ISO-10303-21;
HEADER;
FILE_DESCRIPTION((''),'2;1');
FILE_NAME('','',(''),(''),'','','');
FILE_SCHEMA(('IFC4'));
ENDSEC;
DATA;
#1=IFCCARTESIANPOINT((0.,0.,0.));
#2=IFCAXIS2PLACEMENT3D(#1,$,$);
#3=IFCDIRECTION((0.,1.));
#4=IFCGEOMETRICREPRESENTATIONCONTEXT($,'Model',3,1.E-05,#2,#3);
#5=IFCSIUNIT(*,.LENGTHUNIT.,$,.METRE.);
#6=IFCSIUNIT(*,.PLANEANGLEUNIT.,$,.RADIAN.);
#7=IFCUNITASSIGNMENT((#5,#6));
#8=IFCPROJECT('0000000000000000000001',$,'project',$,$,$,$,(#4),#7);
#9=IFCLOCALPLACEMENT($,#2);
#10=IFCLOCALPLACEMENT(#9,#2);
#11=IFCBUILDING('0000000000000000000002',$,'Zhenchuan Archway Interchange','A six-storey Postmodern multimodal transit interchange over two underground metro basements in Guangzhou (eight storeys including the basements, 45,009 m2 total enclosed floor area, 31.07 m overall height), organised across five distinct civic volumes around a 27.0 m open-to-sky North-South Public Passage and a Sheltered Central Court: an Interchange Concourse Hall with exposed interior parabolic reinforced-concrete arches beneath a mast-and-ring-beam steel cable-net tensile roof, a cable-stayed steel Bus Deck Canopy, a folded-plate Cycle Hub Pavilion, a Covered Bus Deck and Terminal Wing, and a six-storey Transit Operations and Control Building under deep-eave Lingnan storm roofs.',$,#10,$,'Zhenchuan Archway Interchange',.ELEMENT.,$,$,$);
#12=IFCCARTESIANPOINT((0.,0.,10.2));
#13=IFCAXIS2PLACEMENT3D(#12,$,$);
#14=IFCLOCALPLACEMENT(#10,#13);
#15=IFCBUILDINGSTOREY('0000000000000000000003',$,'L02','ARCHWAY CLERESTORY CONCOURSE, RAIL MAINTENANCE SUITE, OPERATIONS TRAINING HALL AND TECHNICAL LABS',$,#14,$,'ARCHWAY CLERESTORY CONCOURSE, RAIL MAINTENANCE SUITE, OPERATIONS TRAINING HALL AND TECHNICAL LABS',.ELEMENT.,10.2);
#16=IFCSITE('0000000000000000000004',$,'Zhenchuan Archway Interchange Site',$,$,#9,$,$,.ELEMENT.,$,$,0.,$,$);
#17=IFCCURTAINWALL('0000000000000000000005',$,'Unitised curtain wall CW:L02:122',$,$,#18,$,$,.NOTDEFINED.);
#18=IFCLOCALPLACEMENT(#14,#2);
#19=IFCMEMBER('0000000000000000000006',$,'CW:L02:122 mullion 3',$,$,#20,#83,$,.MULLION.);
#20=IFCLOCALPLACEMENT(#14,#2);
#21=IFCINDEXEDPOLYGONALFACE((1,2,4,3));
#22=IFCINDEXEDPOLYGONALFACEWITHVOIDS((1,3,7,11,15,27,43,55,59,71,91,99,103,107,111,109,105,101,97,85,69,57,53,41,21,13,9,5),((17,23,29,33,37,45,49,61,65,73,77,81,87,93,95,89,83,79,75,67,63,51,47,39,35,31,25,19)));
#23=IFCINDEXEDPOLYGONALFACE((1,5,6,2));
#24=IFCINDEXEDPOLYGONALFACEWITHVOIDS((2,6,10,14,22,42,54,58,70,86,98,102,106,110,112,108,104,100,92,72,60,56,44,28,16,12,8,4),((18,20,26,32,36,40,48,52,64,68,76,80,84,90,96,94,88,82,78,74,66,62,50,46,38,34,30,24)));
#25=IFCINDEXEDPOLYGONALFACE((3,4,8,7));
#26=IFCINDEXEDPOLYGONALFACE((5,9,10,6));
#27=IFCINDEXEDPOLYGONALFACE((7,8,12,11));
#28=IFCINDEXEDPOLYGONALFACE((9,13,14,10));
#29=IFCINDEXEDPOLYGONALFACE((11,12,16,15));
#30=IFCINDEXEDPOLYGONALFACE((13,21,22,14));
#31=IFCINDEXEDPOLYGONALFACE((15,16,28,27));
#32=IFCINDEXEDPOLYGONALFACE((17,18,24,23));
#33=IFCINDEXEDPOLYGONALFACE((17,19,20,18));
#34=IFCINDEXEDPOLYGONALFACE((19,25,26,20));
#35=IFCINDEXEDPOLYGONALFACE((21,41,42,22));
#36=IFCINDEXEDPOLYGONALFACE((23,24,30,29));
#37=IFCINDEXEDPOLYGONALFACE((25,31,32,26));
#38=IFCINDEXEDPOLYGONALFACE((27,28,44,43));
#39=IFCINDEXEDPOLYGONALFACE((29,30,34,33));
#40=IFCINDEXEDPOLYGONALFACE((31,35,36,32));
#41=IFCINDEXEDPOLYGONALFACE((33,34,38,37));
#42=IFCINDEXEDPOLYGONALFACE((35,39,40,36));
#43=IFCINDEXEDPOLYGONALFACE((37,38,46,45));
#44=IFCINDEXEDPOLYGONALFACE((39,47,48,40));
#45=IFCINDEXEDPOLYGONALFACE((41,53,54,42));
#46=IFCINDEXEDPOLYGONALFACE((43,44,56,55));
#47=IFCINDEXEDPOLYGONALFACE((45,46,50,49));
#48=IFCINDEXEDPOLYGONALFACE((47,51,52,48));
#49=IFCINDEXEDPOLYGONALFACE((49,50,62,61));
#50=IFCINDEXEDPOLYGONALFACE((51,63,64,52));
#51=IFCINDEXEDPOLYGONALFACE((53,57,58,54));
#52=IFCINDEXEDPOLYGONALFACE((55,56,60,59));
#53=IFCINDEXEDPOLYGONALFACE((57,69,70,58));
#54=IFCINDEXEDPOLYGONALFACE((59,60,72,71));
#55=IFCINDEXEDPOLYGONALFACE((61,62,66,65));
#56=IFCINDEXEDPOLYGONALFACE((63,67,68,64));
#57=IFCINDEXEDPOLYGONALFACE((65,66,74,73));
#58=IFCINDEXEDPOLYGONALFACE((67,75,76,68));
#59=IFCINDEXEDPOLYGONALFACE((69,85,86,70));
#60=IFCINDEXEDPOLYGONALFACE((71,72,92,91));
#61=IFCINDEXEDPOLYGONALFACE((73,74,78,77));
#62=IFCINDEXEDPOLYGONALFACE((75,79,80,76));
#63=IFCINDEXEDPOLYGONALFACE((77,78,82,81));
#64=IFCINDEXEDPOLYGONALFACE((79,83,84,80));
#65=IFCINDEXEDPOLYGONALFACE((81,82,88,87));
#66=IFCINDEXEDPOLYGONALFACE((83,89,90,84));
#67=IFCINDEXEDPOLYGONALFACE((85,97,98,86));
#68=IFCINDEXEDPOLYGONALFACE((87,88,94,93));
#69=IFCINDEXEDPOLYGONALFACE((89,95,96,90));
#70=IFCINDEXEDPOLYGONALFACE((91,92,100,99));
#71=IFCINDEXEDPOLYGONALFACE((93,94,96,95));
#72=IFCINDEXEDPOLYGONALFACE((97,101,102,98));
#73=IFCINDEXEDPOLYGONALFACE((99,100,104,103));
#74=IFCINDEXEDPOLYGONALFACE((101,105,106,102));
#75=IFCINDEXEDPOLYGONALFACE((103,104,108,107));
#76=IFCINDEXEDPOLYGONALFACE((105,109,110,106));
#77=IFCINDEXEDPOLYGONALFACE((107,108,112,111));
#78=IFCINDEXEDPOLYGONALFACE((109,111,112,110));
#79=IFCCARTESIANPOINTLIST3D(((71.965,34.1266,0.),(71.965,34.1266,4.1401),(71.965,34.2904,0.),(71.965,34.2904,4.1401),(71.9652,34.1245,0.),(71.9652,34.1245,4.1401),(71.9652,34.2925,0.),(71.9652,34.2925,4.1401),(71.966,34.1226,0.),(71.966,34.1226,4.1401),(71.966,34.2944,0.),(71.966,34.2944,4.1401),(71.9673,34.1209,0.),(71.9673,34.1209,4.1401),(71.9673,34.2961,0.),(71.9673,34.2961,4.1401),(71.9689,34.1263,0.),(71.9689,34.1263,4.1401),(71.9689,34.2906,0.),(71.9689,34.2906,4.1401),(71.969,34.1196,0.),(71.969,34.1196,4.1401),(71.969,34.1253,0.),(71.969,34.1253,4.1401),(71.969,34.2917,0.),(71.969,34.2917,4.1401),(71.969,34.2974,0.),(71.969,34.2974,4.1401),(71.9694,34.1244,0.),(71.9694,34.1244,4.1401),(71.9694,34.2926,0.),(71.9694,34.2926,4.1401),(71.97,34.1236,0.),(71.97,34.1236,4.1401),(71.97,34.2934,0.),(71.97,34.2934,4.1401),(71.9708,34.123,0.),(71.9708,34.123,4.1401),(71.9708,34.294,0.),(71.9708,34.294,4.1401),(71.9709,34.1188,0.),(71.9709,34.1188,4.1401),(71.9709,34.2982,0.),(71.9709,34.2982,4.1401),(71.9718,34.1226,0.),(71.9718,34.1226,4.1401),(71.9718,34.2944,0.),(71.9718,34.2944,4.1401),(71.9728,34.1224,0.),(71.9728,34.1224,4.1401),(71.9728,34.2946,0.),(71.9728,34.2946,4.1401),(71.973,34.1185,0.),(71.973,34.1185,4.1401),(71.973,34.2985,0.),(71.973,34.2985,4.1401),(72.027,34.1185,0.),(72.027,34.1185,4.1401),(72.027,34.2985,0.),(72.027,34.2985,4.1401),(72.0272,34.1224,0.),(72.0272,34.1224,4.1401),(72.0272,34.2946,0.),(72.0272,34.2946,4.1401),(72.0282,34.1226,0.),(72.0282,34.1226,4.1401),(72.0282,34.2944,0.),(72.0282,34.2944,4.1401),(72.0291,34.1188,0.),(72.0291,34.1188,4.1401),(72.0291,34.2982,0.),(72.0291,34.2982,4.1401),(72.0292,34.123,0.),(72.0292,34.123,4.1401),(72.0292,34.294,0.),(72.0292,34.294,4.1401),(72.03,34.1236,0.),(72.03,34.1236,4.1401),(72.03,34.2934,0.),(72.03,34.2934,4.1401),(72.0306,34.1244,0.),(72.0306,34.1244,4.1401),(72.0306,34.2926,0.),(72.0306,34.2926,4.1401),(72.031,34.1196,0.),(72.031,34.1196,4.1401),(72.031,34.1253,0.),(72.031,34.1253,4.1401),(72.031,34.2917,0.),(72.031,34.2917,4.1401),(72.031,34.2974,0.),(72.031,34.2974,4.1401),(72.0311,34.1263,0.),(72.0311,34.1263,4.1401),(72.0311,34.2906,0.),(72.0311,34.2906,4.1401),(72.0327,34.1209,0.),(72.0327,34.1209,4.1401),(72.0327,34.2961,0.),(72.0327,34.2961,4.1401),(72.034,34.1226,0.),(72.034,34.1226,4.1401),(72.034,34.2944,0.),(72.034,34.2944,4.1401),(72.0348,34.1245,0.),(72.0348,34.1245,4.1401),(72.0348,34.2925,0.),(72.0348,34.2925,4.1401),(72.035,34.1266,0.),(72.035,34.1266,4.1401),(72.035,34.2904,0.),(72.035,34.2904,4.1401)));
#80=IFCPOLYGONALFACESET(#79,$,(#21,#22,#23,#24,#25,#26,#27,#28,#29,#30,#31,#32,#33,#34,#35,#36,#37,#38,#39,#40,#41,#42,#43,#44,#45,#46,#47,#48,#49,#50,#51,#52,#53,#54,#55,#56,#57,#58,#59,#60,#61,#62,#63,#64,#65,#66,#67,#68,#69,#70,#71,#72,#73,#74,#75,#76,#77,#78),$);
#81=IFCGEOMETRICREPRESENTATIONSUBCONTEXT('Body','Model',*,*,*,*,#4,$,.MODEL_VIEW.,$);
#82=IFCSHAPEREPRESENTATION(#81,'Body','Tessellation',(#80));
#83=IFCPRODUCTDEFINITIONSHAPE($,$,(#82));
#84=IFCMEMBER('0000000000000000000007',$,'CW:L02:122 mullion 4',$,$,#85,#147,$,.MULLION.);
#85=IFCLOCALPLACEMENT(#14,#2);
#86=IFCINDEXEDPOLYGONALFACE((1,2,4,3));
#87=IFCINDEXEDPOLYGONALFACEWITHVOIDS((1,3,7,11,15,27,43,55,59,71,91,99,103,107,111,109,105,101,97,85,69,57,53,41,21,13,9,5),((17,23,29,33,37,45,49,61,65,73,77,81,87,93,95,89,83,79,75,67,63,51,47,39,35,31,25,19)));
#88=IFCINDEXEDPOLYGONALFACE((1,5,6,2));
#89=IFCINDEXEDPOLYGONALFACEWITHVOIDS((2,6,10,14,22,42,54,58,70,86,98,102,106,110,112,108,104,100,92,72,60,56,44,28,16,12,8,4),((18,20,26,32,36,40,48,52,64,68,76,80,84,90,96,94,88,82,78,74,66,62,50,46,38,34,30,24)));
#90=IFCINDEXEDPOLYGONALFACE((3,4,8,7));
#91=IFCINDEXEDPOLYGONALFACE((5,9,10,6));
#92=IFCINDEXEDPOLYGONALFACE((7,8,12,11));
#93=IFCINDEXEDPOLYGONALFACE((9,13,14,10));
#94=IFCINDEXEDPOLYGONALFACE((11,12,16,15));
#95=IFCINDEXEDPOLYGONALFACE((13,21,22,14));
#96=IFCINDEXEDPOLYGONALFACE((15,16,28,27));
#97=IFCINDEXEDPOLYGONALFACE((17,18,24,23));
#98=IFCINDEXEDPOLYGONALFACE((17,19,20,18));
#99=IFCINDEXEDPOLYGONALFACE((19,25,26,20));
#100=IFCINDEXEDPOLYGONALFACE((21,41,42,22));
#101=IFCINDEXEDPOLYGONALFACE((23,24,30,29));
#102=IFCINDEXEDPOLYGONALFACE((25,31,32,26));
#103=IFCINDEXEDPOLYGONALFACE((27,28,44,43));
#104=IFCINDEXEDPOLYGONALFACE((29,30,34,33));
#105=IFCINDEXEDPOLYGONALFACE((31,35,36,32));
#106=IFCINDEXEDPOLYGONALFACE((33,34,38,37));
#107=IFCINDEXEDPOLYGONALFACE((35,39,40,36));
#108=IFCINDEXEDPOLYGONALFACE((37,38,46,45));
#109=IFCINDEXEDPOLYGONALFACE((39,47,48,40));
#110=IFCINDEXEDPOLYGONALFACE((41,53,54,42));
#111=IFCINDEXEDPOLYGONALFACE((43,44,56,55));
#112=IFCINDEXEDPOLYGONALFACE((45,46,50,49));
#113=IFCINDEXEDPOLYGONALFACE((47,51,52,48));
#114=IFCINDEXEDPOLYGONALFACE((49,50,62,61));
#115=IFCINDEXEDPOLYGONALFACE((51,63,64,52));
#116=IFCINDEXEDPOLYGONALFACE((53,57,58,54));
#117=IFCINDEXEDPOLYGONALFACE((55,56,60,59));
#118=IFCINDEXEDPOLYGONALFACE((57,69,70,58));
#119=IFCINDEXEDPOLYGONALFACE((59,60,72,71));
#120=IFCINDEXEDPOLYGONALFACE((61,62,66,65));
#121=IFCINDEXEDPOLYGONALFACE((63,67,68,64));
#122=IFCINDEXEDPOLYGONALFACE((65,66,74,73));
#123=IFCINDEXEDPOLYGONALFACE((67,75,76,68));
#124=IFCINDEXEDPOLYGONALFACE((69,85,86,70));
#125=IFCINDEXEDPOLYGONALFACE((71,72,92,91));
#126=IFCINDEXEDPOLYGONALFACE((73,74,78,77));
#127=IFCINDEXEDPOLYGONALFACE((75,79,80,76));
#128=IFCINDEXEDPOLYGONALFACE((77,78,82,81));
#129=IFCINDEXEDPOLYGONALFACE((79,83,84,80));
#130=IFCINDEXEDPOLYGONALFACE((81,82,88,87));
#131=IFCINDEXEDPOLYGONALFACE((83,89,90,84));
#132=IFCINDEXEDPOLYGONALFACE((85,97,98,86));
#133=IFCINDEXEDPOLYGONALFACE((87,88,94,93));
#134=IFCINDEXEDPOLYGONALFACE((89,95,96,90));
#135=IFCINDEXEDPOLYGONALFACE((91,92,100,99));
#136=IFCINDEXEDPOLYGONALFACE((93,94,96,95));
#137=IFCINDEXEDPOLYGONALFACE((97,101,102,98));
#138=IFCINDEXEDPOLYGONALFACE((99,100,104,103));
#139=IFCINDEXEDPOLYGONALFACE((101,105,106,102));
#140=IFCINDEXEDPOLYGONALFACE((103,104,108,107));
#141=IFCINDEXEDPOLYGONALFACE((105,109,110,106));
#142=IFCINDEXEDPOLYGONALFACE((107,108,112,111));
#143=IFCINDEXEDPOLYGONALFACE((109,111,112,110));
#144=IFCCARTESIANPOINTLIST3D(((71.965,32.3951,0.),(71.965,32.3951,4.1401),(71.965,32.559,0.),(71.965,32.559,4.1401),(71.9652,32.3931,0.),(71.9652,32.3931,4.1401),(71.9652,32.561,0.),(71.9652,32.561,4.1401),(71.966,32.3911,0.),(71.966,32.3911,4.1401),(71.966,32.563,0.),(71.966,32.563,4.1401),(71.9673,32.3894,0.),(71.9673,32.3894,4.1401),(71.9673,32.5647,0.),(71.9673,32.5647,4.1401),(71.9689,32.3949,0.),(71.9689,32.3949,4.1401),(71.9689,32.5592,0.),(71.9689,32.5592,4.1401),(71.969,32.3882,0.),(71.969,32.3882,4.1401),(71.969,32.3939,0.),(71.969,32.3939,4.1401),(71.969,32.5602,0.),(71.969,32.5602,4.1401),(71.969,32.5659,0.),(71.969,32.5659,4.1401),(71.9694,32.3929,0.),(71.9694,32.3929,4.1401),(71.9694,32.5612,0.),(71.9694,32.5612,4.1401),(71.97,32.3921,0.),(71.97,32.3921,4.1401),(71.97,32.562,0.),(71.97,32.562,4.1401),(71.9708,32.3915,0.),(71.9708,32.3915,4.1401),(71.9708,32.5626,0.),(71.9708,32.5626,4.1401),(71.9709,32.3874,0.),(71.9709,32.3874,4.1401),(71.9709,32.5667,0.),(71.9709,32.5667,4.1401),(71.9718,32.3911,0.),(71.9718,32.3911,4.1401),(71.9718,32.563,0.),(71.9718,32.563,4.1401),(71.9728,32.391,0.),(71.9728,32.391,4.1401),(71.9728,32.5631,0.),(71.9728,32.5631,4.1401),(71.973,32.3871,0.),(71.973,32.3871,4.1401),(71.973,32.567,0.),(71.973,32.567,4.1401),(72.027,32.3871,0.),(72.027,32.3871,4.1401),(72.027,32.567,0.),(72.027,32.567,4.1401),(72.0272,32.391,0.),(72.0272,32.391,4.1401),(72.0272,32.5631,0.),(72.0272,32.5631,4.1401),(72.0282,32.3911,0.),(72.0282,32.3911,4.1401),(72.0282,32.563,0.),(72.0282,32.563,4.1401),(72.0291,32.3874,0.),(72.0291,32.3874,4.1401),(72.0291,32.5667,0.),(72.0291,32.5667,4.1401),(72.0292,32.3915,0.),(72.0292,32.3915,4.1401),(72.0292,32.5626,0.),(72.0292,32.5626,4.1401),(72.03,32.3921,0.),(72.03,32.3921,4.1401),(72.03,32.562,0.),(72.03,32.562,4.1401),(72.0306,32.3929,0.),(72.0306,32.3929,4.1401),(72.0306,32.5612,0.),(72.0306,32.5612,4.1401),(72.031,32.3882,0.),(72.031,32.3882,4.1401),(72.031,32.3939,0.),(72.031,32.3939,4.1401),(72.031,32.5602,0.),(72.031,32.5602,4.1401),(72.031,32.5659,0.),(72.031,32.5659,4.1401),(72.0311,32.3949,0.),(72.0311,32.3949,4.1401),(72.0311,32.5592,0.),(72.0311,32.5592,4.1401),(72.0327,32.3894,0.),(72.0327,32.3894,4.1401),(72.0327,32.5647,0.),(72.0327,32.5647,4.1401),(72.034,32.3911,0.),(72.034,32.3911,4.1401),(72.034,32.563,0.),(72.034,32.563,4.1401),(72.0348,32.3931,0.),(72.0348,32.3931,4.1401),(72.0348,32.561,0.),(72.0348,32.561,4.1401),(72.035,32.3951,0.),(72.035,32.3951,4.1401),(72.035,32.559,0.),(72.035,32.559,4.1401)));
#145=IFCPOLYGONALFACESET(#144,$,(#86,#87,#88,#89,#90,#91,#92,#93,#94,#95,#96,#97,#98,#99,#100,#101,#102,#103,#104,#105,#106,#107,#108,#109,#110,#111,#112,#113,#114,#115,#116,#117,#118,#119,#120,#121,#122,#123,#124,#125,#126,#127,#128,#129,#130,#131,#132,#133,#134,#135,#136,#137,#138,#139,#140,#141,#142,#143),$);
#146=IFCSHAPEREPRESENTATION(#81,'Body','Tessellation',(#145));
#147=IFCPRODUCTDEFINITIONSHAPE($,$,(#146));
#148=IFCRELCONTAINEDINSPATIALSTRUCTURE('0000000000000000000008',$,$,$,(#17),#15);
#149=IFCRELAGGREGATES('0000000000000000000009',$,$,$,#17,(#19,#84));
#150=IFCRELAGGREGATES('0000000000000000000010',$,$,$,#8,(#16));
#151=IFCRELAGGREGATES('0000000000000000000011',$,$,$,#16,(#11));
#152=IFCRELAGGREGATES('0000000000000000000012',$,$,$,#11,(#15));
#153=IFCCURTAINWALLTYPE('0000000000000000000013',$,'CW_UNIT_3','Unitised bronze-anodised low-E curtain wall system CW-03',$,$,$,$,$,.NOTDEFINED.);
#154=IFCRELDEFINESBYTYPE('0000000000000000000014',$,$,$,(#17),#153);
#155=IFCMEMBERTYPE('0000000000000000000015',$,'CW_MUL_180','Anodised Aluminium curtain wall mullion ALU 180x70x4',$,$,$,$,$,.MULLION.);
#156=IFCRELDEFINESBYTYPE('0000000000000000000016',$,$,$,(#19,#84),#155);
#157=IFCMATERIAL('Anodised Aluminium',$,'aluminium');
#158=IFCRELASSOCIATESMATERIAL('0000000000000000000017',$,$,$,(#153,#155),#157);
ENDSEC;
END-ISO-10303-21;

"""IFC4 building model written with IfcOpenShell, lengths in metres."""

from ifc_helpers import new_model, si_unit, direction, frame, origin, origin_2d, place, context, subcontext, project, spatial, hollow_rectangle, extrude, material, material_profile, profile_set, type_object, element, aggregate, save


model = new_model("IFC4")

# Units and contexts
model_context = context("Model", 3, precision=1e-05, world=origin(), true_north=direction((0.0, 1.0)))
body_context = subcontext(model_context, "Body", "Model", "MODEL_VIEW")
ifc_project = project(units=[si_unit("LENGTHUNIT", "METRE"), si_unit("PLANEANGLEUNIT", "RADIAN")], contexts=[model_context])

# Site, building, storey
site_placement = place(None, origin())
site = spatial("IfcSite", under=ifc_project, at=site_placement, Name="Zhenchuan Archway Interchange Site", CompositionType="ELEMENT", RefElevation=0.0)
building_placement = place(site_placement, origin())
building = spatial("IfcBuilding", under=site, at=building_placement, Name="Zhenchuan Archway Interchange", Description="A six-storey Postmodern multimodal transit interchange over two underground metro basements in Guangzhou (eight storeys including the basements, 45,009 m2 total enclosed floor area, 31.07 m overall height), organised across five distinct civic volumes around a 27.0 m open-to-sky North-South Public Passage and a Sheltered Central Court: an Interchange Concourse Hall with exposed interior parabolic reinforced-concrete arches beneath a mast-and-ring-beam steel cable-net tensile roof, a cable-stayed steel Bus Deck Canopy, a folded-plate Cycle Hub Pavilion, a Covered Bus Deck and Terminal Wing, and a six-storey Transit Operations and Control Building under deep-eave Lingnan storm roofs.", LongName="Zhenchuan Archway Interchange", CompositionType="ELEMENT")
storey_placement = place(building_placement, frame((0.0, 0.0, 10.2)))
storey = spatial("IfcBuildingStorey", under=building, at=storey_placement, Name="L02", Description="ARCHWAY CLERESTORY CONCOURSE, RAIL MAINTENANCE SUITE, OPERATIONS TRAINING HALL AND TECHNICAL LABS", LongName="ARCHWAY CLERESTORY CONCOURSE, RAIL MAINTENANCE SUITE, OPERATIONS TRAINING HALL AND TECHNICAL LABS", CompositionType="ELEMENT", Elevation=10.2)

# Curtain wall, members
ifc_material_1 = material(Name="Anodised Aluminium", Category="aluminium")
curtain_wall_type = type_object("IfcCurtainWallType", Name="CW_UNIT_3", Description="Unitised bronze-anodised low-E curtain wall system CW-03", PredefinedType="NOTDEFINED", material=ifc_material_1)
curtain_wall_placement = place(storey_placement, origin())
curtain_wall = element("IfcCurtainWall", 1, at=curtain_wall_placement, inside=storey, type_object=curtain_wall_type, Name="Unitised curtain wall CW:L02:122", PredefinedType="NOTDEFINED")
ifc_material_profile_1 = material_profile(ifc_material_1, hollow_rectangle(XDim=0.0701, YDim=0.1799, WallThickness=0.0039, InnerFilletRadius=0.0039, OuterFilletRadius=0.0081, at=origin_2d()), Name="ALU 180x70x4")
ifc_profile_set_1 = profile_set([ifc_material_profile_1], Name="Anodised Aluminium")
member_type_1 = type_object("IfcMemberType", Name="CW_MUL_180", Description="Anodised Aluminium curtain wall mullion ALU 180x70x4", PredefinedType="MULLION", material=ifc_profile_set_1)
member_1_placement = place(storey_placement, frame((72.0, 34.2085, 0.0), z_axis=(0.0, 0.0, 1.0), x_axis=(1.0, 0.0, 0.0)))
member_1 = element("IfcMember", 2, at=member_1_placement, type_object=member_type_1, Name="CW:L02:122 mullion 3", PredefinedType="MULLION", context=body_context, shape_type="SweptSolid", body=[
    extrude(hollow_rectangle(XDim=0.0701, YDim=0.1799, WallThickness=0.0039, InnerFilletRadius=0.0039, OuterFilletRadius=0.0081, at=origin_2d()), origin(), (0.0, 0.0, 1.0), 4.1401),
])
member_2_placement = place(storey_placement, frame((72.0, 32.4771, 0.0), z_axis=(0.0, 0.0, 1.0), x_axis=(1.0, 0.0, 0.0)))
member_2 = element("IfcMember", 3, at=member_2_placement, type_object=member_type_1, Name="CW:L02:122 mullion 4", PredefinedType="MULLION", context=body_context, shape_type="SweptSolid", body=[
    extrude(hollow_rectangle(XDim=0.0701, YDim=0.1799, WallThickness=0.0039, InnerFilletRadius=0.0039, OuterFilletRadius=0.0081, at=origin_2d()), origin(), (0.0, 0.0, 1.0), 4.1401),
])

aggregate(curtain_wall, [member_1, member_2])

save(model, "model.ifc")
